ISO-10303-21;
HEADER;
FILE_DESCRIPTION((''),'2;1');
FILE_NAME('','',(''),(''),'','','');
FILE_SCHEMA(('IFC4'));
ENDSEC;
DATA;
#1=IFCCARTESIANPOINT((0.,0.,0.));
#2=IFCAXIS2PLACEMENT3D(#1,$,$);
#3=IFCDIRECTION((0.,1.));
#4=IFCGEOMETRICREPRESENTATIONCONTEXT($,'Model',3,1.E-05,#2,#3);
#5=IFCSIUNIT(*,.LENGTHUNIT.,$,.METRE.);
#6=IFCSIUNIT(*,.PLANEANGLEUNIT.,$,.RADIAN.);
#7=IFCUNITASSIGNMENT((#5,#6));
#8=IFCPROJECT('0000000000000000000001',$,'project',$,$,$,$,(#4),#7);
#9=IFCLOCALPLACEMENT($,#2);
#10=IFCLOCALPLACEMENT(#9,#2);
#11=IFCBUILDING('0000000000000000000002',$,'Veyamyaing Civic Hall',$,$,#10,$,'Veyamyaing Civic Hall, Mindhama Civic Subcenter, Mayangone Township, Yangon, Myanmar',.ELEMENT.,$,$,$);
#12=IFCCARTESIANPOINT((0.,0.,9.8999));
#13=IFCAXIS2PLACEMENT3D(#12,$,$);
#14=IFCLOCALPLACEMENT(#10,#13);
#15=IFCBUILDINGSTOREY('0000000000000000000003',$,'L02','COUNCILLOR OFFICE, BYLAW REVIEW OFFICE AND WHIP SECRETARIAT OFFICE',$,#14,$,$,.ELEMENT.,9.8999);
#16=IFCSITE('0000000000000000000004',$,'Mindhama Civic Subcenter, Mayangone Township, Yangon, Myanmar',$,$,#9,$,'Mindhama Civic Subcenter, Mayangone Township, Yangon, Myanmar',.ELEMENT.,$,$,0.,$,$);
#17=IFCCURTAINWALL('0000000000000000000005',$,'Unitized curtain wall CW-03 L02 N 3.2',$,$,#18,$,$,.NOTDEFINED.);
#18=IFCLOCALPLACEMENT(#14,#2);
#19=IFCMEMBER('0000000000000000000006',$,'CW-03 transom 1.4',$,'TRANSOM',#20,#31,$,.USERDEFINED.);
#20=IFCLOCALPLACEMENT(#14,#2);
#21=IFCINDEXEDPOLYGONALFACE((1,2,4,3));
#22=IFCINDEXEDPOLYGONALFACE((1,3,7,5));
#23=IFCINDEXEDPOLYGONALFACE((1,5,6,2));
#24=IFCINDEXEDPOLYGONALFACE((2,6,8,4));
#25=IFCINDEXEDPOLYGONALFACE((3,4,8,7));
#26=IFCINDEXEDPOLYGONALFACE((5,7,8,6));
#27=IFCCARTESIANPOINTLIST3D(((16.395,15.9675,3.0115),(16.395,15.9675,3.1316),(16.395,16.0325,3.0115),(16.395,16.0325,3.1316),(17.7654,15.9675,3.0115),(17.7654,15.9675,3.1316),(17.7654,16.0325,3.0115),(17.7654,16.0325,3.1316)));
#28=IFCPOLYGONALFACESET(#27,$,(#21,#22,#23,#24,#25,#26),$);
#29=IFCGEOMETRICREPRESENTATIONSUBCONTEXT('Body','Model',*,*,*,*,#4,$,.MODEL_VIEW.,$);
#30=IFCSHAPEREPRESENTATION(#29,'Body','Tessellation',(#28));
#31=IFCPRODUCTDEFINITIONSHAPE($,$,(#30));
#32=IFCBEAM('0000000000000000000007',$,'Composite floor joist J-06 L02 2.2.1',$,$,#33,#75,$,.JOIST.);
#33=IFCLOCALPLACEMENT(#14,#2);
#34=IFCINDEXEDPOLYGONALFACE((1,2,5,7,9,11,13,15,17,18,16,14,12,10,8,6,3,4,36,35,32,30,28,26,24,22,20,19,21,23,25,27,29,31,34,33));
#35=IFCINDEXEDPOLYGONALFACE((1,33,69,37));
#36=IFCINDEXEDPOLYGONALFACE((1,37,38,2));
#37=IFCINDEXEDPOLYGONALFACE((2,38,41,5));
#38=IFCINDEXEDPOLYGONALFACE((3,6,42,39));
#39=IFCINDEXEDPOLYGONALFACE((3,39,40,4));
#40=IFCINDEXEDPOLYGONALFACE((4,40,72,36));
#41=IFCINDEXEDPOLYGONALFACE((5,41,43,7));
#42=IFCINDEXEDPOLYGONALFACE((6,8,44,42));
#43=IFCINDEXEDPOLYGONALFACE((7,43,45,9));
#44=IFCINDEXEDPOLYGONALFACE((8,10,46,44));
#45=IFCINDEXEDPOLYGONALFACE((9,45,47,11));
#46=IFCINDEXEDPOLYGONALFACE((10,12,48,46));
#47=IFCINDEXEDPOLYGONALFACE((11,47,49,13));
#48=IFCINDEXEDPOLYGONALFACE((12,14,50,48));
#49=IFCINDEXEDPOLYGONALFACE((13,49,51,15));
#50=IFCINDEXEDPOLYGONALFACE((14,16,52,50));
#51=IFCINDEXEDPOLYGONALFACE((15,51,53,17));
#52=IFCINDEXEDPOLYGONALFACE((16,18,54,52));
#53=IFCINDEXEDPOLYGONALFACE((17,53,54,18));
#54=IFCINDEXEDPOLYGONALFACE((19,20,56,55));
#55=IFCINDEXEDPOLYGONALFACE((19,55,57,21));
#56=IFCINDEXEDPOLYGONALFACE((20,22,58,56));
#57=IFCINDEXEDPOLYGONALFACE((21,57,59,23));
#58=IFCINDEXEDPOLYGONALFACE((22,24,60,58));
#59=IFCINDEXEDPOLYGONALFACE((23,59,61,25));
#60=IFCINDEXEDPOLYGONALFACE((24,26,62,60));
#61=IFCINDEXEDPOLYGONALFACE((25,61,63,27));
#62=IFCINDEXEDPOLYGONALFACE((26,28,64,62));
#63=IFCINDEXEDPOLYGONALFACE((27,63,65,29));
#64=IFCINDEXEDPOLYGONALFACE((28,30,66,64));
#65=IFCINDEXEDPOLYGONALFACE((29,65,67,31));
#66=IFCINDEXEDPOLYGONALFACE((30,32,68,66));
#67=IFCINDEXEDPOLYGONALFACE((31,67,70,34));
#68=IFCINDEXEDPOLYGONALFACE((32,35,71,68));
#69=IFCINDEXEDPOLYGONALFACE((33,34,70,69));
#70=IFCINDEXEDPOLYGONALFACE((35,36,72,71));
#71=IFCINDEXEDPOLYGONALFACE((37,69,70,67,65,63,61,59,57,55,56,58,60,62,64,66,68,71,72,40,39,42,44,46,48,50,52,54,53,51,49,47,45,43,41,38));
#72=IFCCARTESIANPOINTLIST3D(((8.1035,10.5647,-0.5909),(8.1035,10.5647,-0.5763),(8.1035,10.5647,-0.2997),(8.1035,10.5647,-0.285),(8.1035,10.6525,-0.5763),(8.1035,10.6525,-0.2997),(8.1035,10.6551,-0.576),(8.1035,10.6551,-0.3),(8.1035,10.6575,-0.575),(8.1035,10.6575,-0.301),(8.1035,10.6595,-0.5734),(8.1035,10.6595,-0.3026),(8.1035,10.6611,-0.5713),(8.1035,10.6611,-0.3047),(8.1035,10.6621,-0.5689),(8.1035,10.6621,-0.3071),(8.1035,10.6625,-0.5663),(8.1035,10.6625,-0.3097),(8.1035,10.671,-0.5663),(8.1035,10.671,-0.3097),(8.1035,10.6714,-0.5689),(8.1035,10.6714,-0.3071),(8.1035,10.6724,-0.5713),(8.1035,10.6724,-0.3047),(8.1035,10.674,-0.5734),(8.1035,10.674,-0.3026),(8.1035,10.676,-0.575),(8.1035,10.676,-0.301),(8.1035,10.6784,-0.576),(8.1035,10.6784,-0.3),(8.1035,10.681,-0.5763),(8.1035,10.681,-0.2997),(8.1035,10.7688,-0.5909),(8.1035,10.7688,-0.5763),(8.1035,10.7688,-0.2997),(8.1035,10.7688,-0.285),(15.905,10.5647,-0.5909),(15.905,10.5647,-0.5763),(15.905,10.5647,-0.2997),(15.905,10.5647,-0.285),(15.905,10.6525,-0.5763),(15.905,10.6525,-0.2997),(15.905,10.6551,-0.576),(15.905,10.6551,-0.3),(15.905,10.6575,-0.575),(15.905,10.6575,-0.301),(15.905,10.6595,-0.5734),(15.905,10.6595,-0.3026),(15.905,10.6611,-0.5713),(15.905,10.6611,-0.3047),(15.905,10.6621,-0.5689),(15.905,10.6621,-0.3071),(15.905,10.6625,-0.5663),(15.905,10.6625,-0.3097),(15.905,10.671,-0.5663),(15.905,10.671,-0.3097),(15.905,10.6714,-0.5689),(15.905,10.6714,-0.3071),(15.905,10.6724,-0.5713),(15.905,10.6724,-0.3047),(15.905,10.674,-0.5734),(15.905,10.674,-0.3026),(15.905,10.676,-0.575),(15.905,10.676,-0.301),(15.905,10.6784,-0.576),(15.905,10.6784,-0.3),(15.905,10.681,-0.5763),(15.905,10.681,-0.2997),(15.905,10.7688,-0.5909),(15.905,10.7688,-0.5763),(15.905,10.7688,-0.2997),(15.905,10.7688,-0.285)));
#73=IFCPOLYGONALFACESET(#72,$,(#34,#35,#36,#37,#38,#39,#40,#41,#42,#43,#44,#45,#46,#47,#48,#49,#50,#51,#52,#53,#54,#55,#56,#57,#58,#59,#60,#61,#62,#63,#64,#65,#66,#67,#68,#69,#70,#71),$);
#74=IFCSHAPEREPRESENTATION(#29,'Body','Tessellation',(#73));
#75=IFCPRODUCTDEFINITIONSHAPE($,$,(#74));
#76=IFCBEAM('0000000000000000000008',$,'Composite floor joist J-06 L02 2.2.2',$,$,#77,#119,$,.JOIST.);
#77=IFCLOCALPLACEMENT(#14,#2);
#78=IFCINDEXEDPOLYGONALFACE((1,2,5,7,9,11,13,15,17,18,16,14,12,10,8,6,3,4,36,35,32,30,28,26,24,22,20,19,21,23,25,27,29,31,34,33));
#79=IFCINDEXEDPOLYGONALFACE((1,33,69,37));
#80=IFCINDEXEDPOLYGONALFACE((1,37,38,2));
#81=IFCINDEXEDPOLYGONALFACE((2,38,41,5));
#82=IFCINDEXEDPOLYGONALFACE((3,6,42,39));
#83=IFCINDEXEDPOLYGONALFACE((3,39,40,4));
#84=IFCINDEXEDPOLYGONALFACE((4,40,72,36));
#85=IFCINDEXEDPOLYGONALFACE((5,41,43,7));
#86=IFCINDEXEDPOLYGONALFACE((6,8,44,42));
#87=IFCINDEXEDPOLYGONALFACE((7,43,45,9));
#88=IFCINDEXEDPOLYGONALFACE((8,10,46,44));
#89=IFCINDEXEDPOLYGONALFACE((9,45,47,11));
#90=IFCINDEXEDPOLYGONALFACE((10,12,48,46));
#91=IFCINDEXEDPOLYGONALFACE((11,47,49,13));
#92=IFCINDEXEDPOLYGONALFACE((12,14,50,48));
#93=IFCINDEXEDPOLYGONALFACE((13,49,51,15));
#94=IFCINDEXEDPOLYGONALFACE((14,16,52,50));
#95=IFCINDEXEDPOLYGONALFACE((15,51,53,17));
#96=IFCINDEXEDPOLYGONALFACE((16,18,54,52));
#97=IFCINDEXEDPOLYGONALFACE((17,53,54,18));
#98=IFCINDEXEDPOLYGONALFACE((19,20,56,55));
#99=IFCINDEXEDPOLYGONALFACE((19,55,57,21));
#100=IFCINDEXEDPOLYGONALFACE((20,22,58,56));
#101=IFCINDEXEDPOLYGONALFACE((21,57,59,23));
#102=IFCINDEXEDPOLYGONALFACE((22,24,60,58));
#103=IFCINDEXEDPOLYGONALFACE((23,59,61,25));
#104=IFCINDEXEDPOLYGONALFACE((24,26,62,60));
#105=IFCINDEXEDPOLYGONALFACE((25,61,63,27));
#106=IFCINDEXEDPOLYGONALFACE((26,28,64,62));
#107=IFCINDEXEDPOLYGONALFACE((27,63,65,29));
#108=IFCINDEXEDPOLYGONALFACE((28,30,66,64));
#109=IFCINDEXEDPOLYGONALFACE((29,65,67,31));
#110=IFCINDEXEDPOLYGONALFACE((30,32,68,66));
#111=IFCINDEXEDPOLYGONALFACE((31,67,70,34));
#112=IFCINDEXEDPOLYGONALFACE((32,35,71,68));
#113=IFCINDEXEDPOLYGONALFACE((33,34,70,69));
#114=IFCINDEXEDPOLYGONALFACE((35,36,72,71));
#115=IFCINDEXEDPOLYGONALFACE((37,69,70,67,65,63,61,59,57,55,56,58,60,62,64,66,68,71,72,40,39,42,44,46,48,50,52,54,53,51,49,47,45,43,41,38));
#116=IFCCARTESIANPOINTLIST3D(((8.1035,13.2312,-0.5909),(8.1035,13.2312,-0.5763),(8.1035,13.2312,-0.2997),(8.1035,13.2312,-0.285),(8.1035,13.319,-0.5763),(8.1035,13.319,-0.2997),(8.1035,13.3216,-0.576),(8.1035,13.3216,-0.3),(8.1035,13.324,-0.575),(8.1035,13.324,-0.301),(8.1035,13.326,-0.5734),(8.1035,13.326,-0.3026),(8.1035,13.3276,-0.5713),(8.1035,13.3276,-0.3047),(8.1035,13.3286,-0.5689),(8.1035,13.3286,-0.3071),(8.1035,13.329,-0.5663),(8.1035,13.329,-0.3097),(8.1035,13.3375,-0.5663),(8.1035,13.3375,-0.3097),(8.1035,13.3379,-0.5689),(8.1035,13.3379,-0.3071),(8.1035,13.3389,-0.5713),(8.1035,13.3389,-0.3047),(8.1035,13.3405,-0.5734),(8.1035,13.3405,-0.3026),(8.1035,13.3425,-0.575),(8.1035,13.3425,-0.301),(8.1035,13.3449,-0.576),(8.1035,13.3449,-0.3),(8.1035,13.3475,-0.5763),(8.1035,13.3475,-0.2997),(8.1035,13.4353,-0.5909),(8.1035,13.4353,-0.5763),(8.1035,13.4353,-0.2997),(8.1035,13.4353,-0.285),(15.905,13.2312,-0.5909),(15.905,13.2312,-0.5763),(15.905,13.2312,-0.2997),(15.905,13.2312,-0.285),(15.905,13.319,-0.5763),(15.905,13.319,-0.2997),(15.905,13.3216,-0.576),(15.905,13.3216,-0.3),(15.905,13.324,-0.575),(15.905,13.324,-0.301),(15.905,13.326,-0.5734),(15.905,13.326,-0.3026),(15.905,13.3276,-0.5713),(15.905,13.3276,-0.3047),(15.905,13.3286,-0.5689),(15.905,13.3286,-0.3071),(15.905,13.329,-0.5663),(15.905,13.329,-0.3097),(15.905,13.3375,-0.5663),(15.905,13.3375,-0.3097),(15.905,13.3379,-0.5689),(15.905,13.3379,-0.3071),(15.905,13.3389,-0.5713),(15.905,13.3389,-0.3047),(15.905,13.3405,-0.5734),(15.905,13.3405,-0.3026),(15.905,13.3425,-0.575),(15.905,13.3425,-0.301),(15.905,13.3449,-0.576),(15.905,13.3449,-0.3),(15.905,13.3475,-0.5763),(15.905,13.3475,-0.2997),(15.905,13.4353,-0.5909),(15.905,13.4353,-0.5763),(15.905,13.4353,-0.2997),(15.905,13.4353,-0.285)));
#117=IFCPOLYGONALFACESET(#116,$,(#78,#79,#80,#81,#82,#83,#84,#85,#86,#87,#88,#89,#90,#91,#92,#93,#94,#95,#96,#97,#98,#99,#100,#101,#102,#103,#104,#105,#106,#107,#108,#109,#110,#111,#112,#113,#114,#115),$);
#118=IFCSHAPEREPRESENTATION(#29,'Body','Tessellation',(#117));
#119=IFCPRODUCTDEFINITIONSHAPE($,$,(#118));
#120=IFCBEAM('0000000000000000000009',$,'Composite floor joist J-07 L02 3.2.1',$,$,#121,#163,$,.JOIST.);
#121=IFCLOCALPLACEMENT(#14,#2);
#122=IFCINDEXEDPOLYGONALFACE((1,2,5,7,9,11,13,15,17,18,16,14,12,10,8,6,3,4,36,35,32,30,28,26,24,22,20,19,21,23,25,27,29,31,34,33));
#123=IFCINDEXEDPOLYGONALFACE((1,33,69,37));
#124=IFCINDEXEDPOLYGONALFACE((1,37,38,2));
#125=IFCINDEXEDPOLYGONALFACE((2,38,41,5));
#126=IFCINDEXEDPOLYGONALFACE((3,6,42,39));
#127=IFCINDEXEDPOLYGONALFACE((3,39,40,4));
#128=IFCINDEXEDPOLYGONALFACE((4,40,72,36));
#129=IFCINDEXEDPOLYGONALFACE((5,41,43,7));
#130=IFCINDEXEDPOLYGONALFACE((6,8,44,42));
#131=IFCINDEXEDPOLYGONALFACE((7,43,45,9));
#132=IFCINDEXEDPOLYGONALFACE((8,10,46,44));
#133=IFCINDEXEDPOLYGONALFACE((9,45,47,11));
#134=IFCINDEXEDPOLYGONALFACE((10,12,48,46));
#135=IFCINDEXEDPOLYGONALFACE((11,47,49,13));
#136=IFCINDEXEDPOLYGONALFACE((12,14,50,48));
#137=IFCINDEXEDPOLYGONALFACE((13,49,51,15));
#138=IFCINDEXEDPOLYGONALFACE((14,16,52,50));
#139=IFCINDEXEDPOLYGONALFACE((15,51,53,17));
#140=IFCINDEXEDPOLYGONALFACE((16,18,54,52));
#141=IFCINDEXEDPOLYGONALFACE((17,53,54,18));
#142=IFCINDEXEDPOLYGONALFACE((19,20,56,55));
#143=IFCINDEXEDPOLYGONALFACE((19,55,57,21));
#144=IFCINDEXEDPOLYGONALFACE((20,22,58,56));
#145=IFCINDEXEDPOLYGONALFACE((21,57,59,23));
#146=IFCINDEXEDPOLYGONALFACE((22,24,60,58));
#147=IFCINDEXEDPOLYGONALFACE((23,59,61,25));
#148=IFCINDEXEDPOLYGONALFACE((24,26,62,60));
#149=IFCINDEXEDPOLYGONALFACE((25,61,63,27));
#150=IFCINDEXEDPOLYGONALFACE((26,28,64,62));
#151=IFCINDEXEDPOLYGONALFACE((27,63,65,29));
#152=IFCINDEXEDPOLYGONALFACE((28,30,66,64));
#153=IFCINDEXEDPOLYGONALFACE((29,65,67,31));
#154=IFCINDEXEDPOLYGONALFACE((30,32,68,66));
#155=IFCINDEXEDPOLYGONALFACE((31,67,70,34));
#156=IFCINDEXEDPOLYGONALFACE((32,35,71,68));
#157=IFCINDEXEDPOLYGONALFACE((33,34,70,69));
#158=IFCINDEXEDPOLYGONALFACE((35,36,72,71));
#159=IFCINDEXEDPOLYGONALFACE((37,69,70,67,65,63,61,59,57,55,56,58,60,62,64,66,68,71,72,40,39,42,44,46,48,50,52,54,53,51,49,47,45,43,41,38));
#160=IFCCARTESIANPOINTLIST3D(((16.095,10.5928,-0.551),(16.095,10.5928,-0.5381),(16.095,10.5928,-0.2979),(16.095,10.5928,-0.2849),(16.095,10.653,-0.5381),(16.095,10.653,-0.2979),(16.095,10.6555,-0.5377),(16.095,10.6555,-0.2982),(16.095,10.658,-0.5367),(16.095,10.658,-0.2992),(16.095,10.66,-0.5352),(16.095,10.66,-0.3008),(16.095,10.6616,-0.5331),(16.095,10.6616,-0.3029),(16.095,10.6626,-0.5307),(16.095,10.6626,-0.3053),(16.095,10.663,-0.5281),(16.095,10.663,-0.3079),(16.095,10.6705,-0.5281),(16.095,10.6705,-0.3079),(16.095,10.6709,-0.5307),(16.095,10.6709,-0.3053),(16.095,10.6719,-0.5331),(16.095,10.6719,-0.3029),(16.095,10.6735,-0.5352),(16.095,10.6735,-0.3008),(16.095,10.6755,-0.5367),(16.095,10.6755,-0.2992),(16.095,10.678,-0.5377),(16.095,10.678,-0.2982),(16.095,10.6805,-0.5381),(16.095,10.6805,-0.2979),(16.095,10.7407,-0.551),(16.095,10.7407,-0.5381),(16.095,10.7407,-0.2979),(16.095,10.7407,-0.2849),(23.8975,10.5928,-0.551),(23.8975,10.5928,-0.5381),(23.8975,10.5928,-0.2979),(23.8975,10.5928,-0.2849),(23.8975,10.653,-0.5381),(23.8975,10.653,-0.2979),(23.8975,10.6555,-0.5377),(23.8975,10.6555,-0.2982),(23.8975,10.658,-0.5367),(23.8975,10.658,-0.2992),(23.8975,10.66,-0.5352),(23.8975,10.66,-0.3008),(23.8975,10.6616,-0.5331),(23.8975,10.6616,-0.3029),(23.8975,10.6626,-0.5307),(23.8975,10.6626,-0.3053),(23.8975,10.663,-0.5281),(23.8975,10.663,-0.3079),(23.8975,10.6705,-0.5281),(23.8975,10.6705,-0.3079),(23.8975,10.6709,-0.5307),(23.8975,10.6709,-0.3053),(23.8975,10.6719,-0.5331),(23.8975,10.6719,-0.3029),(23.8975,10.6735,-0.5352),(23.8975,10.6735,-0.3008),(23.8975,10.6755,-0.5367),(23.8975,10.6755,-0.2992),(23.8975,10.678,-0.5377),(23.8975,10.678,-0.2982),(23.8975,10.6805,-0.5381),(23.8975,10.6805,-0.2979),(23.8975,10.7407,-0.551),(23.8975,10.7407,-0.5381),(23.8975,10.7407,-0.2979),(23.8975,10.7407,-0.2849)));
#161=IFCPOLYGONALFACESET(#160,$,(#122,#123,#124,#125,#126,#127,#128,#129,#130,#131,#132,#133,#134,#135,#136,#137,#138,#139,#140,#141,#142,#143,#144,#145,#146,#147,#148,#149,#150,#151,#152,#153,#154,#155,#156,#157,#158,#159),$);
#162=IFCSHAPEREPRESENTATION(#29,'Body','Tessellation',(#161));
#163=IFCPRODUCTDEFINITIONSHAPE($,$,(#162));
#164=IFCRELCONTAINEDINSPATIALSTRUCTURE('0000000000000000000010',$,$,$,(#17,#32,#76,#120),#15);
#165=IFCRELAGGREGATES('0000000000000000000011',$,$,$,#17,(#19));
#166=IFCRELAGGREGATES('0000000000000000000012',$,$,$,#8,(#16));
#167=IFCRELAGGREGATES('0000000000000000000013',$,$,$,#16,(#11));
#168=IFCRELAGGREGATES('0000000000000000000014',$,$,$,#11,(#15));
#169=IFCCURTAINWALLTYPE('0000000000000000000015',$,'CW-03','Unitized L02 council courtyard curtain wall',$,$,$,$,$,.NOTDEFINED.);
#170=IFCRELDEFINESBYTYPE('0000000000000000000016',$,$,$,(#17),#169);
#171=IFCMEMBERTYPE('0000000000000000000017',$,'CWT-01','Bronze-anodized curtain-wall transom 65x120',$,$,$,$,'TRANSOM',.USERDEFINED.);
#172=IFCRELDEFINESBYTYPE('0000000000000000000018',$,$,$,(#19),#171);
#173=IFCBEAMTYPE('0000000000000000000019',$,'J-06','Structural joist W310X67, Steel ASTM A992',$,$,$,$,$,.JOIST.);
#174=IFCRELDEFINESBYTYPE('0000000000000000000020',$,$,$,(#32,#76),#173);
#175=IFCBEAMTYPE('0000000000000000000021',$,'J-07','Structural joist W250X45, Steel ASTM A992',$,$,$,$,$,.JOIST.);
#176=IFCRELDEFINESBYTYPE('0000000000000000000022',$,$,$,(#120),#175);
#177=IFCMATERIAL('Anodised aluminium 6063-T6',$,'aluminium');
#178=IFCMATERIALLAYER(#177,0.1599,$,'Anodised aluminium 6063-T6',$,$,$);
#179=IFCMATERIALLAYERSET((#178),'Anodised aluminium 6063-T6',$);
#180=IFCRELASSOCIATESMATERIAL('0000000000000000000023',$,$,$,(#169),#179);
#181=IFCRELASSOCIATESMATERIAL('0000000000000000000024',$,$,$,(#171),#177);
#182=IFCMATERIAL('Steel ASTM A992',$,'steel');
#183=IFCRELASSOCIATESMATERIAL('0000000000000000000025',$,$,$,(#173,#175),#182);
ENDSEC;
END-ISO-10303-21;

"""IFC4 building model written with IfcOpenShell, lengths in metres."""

from ifc_helpers import new_model, si_unit, direction, frame, origin, origin_2d, place, context, subcontext, project, spatial, rectangle, i_section, extrude, material, layer, layer_set, material_profile, profile_set, type_object, element, aggregate, save


model = new_model("IFC4")

# Units and contexts
model_context = context("Model", 3, precision=1e-05, world=origin(), true_north=direction((0.0, 1.0)))
body_context = subcontext(model_context, "Body", "Model", "MODEL_VIEW")
ifc_project = project(units=[si_unit("LENGTHUNIT", "METRE"), si_unit("PLANEANGLEUNIT", "RADIAN")], contexts=[model_context])

# Site, building, storey
site_placement = place(None, origin())
site = spatial("IfcSite", under=ifc_project, at=site_placement, Name="Mindhama Civic Subcenter, Mayangone Township, Yangon, Myanmar", LongName="Mindhama Civic Subcenter, Mayangone Township, Yangon, Myanmar", CompositionType="ELEMENT", RefElevation=0.0)
building_placement = place(site_placement, origin())
building = spatial("IfcBuilding", under=site, at=building_placement, Name="Veyamyaing Civic Hall", LongName="Veyamyaing Civic Hall, Mindhama Civic Subcenter, Mayangone Township, Yangon, Myanmar", CompositionType="ELEMENT")
storey_placement = place(building_placement, frame((0.0, 0.0, 9.8999)))
storey = spatial("IfcBuildingStorey", under=building, at=storey_placement, Name="L02", Description="COUNCILLOR OFFICE, BYLAW REVIEW OFFICE AND WHIP SECRETARIAT OFFICE", CompositionType="ELEMENT", Elevation=9.8999)

# Shared definitions
ifc_material_1 = material(Name="Steel ASTM A992", Category="steel")

# Curtain wall, member
ifc_material_2 = material(Name="Anodised aluminium 6063-T6", Category="aluminium")
ifc_layer_1 = layer(ifc_material_2, 0.1599, Name="Anodised aluminium 6063-T6")
ifc_layer_set_1 = layer_set([ifc_layer_1], Name="Anodised aluminium 6063-T6")
curtain_wall_type = type_object("IfcCurtainWallType", Name="CW-03", Description="Unitized L02 council courtyard curtain wall", PredefinedType="NOTDEFINED", material=ifc_layer_set_1)
curtain_wall_placement = place(storey_placement, origin())
curtain_wall = element("IfcCurtainWall", 1, at=curtain_wall_placement, inside=storey, type_object=curtain_wall_type, Name="Unitized curtain wall CW-03 L02 N 3.2", PredefinedType="NOTDEFINED")
ifc_material_profile_1 = material_profile(ifc_material_2, rectangle(XDim=0.0649, YDim=0.1201, at=origin_2d()), Name="ALU-TRN-65X120")
ifc_profile_set_1 = profile_set([ifc_material_profile_1], Name="Anodised aluminium 6063-T6")
member_type_1 = type_object("IfcMemberType", Name="CWT-01", Description="Bronze-anodized curtain-wall transom 65x120", ElementType="TRANSOM", PredefinedType="USERDEFINED", material=ifc_profile_set_1)
member_1_placement = place(storey_placement, frame((16.395, 16.0, 3.0715), z_axis=(1.0, 0.0, 0.0), x_axis=(0.0, 1.0, 0.0)))
member_1 = element("IfcMember", 2, at=member_1_placement, type_object=member_type_1, Name="CW-03 transom 1.4", ObjectType="TRANSOM", PredefinedType="USERDEFINED", context=body_context, shape_type="SweptSolid", body=[
    extrude(rectangle(XDim=0.0649, YDim=0.1201, at=origin_2d()), origin(), (0.0, 0.0, 1.0), 1.3704),
])

# Beams
ifc_material_profile_2 = material_profile(ifc_material_1, i_section(OverallWidth=0.2041, OverallDepth=0.3059, WebThickness=0.0085, FlangeThickness=0.0146, FilletRadius=0.01, at=origin_2d()), Name="W310X67")
ifc_profile_set_2 = profile_set([ifc_material_profile_2], Name="Steel ASTM A992")
beam_type_1 = type_object("IfcBeamType", Name="J-06", Description="Structural joist W310X67, Steel ASTM A992", PredefinedType="JOIST", material=ifc_profile_set_2)
for number, where, z_axis, x_axis, name in (
    (3, (8.1035, 10.6667, -0.438), (1.0, 0.0, 0.0), (0.0, 1.0, 0.0), "Composite floor joist J-06 L02 2.2.1"),
    (4, (8.1035, 13.3333, -0.438), (1.0, 0.0, 0.0), (0.0, 1.0, 0.0), "Composite floor joist J-06 L02 2.2.2"),
):
    element("IfcBeam", number, at=place(storey_placement, frame(where, z_axis=z_axis, x_axis=x_axis)), inside=storey, type_object=beam_type_1, Name=name, PredefinedType="JOIST", context=body_context, shape_type="SweptSolid", body=[
        extrude(i_section(OverallWidth=0.2041, OverallDepth=0.3059, WebThickness=0.0085, FlangeThickness=0.0146, FilletRadius=0.01, at=origin_2d()), origin(), (0.0, 0.0, 1.0), 7.8015),
    ])
ifc_material_profile_3 = material_profile(ifc_material_1, i_section(OverallWidth=0.1479, OverallDepth=0.2661, WebThickness=0.0076, FlangeThickness=0.0129, FilletRadius=0.01, at=origin_2d()), Name="W250X45")
ifc_profile_set_3 = profile_set([ifc_material_profile_3], Name="Steel ASTM A992")
beam_type_2 = type_object("IfcBeamType", Name="J-07", Description="Structural joist W250X45, Steel ASTM A992", PredefinedType="JOIST", material=ifc_profile_set_3)
for number, where, z_axis, x_axis, name in (
    (5, (16.095, 10.6667, -0.418), (1.0, 0.0, 0.0), (0.0, 1.0, 0.0), "Composite floor joist J-07 L02 3.2.1"),
):
    element("IfcBeam", number, at=place(storey_placement, frame(where, z_axis=z_axis, x_axis=x_axis)), inside=storey, type_object=beam_type_2, Name=name, PredefinedType="JOIST", context=body_context, shape_type="SweptSolid", body=[
        extrude(i_section(OverallWidth=0.1479, OverallDepth=0.2661, WebThickness=0.0076, FlangeThickness=0.0129, FilletRadius=0.01, at=origin_2d()), origin(), (0.0, 0.0, 1.0), 7.8025),
    ])

aggregate(curtain_wall, [member_1])

save(model, "model.ifc")
